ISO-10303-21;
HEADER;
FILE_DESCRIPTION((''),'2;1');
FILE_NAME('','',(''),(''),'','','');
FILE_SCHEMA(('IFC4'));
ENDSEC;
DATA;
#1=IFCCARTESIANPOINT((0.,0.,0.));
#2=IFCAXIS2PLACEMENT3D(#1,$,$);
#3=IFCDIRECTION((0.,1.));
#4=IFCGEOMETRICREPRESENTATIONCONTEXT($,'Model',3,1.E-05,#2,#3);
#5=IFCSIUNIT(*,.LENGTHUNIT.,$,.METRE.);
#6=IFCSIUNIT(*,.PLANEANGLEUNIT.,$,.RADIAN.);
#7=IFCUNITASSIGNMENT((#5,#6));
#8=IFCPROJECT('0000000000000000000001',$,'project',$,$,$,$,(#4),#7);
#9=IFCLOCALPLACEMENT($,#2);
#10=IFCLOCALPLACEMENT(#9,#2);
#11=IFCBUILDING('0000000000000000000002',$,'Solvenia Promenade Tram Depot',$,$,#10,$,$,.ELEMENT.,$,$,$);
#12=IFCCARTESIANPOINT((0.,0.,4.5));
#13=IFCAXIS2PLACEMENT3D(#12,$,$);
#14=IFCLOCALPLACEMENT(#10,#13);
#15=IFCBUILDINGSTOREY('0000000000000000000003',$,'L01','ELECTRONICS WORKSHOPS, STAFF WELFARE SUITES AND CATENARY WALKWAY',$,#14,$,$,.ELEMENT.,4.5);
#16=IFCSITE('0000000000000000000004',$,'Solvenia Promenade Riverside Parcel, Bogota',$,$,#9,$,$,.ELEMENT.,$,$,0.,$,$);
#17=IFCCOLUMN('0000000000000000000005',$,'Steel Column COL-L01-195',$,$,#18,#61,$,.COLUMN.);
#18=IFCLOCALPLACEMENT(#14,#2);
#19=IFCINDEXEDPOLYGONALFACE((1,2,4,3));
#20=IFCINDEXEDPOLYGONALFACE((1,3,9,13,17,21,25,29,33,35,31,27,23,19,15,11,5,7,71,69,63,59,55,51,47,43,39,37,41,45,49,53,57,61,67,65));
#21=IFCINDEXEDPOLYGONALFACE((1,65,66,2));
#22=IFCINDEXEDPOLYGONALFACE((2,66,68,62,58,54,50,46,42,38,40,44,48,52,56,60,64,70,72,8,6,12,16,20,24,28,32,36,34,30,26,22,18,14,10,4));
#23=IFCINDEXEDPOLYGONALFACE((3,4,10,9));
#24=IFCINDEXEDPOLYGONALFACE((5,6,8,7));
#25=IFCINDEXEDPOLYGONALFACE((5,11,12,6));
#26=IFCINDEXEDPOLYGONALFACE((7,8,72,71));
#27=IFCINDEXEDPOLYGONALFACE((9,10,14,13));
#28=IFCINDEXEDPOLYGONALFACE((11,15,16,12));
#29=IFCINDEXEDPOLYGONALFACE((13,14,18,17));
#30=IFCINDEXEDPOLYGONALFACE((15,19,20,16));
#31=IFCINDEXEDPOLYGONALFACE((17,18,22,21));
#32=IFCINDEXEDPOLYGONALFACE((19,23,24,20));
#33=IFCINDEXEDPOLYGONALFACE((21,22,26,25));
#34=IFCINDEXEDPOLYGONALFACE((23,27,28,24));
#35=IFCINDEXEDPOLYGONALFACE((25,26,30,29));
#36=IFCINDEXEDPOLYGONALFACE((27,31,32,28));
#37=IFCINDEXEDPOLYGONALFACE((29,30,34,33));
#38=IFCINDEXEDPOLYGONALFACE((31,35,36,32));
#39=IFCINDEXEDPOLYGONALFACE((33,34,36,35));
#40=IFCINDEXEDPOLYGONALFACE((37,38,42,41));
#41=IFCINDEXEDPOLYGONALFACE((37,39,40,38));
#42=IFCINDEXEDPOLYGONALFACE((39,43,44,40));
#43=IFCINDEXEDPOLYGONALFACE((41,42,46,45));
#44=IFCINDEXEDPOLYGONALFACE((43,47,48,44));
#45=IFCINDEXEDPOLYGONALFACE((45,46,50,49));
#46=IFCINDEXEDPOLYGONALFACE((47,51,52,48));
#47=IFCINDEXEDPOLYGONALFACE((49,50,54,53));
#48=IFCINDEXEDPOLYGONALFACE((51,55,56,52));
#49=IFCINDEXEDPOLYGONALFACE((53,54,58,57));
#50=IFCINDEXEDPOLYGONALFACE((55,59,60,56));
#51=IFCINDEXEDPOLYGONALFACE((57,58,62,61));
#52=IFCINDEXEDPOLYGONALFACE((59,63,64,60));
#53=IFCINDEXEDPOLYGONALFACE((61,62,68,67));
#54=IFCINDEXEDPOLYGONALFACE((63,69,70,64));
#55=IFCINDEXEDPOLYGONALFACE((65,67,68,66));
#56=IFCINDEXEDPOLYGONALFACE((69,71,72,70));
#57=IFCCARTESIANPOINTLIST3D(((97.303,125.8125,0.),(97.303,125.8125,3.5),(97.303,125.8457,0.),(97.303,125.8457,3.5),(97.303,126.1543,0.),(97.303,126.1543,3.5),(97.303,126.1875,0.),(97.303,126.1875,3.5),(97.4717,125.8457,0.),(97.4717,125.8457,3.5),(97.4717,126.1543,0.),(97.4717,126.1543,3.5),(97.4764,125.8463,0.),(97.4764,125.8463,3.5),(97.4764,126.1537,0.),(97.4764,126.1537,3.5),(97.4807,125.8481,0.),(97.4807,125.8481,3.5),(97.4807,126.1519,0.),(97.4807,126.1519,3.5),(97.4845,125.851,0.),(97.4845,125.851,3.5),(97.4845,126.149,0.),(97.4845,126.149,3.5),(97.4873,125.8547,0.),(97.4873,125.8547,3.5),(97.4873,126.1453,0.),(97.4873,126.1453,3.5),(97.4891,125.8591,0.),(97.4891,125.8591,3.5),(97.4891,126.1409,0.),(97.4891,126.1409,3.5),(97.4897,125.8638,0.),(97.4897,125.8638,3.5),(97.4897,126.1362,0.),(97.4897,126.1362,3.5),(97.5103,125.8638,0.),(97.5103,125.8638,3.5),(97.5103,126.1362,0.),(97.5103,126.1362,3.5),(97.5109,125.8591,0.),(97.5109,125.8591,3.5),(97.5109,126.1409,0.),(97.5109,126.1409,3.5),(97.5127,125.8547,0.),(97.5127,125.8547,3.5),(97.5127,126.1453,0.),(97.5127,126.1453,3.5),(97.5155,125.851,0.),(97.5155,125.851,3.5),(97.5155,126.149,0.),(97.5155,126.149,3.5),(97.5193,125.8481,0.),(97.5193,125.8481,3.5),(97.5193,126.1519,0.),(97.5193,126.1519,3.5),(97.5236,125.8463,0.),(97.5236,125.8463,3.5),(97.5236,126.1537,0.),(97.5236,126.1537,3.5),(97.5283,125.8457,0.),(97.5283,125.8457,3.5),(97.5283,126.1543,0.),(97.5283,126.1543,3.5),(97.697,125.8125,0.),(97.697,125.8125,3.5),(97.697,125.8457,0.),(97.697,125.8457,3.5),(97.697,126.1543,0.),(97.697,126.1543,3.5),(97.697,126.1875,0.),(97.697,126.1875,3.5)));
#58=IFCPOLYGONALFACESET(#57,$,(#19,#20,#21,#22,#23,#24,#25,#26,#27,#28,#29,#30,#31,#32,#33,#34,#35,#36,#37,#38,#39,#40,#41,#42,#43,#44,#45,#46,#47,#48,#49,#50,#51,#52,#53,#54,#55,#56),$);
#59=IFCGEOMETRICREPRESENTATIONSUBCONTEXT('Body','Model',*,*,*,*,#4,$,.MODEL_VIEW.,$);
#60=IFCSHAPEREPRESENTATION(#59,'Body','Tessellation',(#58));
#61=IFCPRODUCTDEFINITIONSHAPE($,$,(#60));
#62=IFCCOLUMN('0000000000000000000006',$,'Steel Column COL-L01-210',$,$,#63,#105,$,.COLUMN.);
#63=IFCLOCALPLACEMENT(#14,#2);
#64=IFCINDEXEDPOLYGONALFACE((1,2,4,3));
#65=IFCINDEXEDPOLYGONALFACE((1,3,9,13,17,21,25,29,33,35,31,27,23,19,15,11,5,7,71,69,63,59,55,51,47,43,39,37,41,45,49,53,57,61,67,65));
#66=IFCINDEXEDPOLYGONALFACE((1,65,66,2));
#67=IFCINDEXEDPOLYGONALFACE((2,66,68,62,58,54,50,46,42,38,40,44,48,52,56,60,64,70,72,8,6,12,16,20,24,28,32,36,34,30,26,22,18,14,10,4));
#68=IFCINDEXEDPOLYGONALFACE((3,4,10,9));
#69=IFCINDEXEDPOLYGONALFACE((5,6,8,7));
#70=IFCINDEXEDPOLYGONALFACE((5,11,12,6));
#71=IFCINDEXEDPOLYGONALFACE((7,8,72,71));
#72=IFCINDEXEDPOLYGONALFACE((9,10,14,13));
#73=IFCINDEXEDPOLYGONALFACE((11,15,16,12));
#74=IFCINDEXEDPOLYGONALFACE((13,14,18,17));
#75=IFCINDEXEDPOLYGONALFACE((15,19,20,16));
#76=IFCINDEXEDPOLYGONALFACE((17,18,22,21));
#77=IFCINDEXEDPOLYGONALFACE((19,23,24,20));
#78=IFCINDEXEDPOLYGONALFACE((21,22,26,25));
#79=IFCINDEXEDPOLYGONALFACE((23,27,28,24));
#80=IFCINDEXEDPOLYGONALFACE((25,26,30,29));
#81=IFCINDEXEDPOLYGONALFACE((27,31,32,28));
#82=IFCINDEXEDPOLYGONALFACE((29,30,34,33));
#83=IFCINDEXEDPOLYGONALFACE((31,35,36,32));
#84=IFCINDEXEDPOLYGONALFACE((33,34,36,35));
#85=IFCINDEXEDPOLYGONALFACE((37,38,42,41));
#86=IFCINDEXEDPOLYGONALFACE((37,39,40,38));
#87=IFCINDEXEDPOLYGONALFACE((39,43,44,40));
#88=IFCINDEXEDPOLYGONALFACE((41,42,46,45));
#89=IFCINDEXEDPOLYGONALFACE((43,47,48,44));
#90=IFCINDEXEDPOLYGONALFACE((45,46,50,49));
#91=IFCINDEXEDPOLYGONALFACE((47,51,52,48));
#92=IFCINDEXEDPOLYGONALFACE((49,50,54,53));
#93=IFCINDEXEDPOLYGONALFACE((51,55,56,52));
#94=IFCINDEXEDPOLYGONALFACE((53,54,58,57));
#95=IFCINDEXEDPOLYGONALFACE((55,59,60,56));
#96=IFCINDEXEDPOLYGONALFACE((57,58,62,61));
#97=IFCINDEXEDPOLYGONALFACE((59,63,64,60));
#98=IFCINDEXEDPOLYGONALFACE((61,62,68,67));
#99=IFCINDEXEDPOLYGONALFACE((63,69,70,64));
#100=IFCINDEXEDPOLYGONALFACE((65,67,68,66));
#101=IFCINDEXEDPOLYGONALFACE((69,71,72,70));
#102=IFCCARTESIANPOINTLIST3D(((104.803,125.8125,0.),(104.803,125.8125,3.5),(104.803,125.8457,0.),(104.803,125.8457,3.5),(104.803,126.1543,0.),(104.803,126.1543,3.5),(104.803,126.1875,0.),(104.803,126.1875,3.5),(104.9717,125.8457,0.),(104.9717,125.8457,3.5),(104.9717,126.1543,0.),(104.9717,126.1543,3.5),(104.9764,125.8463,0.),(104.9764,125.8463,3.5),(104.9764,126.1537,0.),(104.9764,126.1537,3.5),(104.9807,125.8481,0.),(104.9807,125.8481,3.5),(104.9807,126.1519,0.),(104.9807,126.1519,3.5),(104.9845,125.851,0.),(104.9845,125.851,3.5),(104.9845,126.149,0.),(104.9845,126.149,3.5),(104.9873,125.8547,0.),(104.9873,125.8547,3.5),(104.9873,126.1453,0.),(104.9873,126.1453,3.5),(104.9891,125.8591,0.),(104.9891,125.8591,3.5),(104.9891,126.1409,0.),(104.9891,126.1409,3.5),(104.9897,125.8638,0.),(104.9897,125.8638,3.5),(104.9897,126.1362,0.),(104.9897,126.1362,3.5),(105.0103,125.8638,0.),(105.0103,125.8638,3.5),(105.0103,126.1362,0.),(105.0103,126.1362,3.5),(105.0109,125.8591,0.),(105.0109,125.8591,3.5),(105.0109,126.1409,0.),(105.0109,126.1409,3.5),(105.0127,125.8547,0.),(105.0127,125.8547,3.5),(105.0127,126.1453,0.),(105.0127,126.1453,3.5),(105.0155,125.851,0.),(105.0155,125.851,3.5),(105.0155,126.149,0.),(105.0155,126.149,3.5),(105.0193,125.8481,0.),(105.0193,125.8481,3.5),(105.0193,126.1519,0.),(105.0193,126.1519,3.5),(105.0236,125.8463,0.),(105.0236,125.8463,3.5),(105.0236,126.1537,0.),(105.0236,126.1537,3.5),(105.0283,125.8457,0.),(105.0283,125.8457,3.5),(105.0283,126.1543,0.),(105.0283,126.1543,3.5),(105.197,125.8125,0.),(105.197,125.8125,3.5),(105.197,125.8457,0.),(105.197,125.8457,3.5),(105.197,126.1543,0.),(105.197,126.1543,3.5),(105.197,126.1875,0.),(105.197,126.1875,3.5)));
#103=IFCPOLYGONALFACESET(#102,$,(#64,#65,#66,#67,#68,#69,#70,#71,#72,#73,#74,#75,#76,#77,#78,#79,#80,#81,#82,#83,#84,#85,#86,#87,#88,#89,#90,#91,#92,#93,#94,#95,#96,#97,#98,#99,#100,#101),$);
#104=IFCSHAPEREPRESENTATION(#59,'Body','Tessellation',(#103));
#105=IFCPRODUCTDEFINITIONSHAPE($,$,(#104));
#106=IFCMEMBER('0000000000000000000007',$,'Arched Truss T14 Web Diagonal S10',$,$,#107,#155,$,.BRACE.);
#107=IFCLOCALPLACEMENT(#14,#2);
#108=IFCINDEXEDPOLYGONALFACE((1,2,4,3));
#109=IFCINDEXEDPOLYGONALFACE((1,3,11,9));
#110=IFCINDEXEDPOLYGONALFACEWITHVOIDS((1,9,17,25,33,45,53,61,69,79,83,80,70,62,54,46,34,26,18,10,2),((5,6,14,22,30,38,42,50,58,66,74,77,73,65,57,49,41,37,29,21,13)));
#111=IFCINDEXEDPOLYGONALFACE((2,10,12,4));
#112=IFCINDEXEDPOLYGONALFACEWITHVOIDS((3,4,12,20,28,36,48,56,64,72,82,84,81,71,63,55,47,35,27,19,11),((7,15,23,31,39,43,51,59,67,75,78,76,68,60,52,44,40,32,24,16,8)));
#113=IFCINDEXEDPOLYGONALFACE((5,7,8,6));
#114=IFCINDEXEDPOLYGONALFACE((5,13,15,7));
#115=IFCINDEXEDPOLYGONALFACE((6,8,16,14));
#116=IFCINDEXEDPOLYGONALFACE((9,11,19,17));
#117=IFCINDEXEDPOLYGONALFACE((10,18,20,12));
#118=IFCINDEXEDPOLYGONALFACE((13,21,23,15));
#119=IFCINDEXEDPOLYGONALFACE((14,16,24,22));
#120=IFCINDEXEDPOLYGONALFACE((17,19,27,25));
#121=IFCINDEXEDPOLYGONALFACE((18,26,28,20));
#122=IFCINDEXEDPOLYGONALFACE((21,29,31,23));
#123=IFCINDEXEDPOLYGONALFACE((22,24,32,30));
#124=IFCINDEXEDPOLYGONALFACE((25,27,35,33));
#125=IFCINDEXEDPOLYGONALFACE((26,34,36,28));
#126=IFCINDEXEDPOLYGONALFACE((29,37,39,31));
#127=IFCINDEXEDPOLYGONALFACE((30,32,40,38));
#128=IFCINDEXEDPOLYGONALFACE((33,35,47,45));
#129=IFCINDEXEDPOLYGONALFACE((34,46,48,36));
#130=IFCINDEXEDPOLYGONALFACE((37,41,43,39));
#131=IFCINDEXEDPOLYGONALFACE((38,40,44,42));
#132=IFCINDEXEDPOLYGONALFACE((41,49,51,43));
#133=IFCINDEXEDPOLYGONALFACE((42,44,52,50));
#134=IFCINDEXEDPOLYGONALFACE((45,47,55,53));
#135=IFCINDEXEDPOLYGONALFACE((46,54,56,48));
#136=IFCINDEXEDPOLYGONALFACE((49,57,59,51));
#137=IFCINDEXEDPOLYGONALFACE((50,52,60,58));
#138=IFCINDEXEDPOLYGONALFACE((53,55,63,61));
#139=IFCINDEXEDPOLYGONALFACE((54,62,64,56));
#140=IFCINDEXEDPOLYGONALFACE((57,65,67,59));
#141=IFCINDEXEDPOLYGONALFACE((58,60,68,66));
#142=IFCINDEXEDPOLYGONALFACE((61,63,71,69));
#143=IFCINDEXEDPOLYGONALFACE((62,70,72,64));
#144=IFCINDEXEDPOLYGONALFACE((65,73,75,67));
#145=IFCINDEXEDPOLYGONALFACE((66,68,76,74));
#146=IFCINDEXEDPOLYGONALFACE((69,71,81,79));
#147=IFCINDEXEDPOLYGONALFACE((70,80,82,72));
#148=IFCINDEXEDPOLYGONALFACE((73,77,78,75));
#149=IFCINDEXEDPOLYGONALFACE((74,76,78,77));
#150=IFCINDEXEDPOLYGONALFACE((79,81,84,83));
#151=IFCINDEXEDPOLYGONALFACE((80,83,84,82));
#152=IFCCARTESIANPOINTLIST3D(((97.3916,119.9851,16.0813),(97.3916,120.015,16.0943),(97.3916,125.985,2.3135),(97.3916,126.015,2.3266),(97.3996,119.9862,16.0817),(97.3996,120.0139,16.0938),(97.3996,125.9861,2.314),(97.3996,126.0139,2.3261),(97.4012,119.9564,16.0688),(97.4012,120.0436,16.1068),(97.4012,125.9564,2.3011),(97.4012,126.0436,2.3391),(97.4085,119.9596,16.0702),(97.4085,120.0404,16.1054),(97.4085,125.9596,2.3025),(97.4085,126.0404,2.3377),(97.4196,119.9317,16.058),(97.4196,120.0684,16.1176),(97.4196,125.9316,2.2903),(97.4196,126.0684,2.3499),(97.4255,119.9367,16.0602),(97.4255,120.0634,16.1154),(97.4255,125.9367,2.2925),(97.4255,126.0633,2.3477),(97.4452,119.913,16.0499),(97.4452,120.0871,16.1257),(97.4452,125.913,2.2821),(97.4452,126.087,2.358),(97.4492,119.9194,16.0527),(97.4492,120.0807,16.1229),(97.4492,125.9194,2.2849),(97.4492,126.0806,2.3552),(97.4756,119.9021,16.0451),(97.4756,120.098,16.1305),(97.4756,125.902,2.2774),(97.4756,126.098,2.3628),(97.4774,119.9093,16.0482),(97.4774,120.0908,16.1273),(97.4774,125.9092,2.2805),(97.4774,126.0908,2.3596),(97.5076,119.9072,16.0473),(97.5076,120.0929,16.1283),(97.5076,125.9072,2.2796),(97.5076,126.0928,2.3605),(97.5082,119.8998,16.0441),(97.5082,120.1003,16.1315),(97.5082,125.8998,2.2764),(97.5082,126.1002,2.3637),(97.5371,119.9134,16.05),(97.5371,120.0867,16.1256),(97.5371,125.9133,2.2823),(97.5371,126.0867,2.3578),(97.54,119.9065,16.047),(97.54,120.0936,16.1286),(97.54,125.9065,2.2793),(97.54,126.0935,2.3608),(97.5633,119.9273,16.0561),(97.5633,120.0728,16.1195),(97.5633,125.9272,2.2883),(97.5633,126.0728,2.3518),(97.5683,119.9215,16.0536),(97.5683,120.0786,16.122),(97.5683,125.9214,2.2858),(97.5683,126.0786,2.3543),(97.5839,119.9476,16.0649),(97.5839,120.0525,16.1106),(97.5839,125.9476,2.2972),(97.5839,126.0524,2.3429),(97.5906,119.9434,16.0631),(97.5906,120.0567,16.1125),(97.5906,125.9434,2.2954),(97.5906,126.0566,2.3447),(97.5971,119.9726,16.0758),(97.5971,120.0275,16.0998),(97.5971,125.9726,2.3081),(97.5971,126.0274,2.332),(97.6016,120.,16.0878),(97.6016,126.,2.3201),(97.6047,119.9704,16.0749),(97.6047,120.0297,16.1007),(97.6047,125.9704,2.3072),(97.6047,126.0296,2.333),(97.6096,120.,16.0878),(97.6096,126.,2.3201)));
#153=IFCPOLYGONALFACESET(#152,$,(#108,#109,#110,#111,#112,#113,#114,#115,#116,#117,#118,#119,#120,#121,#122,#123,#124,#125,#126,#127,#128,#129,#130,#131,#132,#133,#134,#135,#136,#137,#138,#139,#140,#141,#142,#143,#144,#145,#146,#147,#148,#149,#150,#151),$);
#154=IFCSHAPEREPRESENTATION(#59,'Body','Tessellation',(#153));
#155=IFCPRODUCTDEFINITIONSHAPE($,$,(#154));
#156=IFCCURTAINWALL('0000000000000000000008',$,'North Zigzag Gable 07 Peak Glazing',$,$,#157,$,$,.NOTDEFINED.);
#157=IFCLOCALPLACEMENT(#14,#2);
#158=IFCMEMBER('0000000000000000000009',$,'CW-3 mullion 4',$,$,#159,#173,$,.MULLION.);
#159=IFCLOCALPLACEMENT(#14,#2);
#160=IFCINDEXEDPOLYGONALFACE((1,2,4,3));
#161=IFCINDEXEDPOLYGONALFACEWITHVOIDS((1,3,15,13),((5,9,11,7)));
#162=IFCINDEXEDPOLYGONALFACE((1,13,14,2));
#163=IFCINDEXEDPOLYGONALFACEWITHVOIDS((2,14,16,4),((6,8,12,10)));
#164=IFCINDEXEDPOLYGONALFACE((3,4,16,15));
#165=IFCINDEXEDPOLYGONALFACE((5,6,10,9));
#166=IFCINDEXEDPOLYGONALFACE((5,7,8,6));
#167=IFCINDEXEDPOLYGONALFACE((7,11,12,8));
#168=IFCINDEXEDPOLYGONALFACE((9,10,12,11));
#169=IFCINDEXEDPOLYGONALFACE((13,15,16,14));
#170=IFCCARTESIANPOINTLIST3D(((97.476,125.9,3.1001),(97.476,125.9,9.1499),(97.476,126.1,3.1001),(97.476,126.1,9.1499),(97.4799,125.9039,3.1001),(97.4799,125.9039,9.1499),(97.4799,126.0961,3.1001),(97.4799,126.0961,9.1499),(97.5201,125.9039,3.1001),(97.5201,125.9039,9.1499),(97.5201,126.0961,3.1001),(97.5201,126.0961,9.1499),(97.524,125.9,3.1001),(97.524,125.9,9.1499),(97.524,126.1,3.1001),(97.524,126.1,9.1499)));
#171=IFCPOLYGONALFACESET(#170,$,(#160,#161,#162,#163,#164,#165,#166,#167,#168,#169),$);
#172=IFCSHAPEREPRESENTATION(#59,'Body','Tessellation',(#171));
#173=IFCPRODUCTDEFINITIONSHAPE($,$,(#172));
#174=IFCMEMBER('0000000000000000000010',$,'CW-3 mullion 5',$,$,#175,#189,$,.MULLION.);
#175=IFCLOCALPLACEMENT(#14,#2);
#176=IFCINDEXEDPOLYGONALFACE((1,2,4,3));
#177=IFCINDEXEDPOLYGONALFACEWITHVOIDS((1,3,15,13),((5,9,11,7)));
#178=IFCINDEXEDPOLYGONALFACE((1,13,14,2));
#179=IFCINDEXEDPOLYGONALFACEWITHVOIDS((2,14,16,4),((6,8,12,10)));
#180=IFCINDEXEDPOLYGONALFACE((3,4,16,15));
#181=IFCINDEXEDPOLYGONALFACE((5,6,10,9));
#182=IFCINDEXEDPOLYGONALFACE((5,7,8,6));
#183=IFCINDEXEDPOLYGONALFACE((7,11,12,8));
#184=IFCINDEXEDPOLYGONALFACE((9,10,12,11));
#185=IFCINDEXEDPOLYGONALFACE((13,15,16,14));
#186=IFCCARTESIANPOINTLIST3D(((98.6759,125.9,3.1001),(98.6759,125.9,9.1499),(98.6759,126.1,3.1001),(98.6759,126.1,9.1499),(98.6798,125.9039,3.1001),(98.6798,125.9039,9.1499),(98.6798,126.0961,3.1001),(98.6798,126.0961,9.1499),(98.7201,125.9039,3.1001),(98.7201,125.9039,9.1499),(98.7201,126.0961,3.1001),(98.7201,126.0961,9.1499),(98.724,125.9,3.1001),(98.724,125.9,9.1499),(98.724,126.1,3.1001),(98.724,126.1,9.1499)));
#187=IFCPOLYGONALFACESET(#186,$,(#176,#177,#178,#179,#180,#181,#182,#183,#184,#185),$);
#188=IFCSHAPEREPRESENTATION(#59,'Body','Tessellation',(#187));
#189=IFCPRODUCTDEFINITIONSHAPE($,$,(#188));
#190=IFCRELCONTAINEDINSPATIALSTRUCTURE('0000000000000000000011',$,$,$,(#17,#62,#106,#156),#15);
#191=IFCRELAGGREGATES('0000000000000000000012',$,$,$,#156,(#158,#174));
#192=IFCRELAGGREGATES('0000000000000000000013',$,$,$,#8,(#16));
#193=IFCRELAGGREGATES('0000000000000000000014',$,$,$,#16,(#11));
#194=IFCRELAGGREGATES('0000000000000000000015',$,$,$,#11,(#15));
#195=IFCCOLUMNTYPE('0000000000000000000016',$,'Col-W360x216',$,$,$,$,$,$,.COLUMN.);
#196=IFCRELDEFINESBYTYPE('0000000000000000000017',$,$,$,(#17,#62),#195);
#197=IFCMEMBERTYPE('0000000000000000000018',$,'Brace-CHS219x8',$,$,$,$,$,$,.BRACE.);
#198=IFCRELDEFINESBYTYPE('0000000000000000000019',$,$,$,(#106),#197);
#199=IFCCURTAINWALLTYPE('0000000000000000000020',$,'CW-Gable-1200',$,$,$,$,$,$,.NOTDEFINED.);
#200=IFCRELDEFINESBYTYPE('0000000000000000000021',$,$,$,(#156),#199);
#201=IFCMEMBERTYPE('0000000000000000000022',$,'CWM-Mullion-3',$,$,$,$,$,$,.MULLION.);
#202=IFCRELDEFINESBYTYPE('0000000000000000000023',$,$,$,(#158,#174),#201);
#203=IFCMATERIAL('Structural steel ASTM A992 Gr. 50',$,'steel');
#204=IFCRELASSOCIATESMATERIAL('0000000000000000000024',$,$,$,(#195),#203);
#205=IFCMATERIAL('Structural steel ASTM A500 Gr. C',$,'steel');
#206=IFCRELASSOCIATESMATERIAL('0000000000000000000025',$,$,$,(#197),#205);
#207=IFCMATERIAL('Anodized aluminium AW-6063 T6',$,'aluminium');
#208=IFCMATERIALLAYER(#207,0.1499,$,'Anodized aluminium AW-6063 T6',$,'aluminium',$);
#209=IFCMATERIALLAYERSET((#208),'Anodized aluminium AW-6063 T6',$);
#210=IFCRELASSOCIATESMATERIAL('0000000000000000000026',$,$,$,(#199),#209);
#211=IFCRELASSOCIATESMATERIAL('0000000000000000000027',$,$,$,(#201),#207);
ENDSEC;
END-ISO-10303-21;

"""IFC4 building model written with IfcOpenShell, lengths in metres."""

from ifc_helpers import new_model, si_unit, direction, frame, origin, origin_2d, place, context, subcontext, project, spatial, hollow_rectangle, hollow_circle, i_section, extrude, material, layer, layer_set, material_profile, profile_set, type_object, element, aggregate, save


model = new_model("IFC4")

# Units and contexts
model_context = context("Model", 3, precision=1e-05, world=origin(), true_north=direction((0.0, 1.0)))
body_context = subcontext(model_context, "Body", "Model", "MODEL_VIEW")
ifc_project = project(units=[si_unit("LENGTHUNIT", "METRE"), si_unit("PLANEANGLEUNIT", "RADIAN")], contexts=[model_context])

# Site, building, storey
site_placement = place(None, origin())
site = spatial("IfcSite", under=ifc_project, at=site_placement, Name="Solvenia Promenade Riverside Parcel, Bogota", CompositionType="ELEMENT", RefElevation=0.0)
building_placement = place(site_placement, origin())
building = spatial("IfcBuilding", under=site, at=building_placement, Name="Solvenia Promenade Tram Depot", CompositionType="ELEMENT")
storey_placement = place(building_placement, frame((0.0, 0.0, 4.5)))
storey = spatial("IfcBuildingStorey", under=building, at=storey_placement, Name="L01", Description="ELECTRONICS WORKSHOPS, STAFF WELFARE SUITES AND CATENARY WALKWAY", CompositionType="ELEMENT", Elevation=4.5)

# Columns
ifc_material_1 = material(Name="Structural steel ASTM A992 Gr. 50", Category="steel")
ifc_material_profile_1 = material_profile(ifc_material_1, i_section(OverallWidth=0.394, OverallDepth=0.375, WebThickness=0.0205, FlangeThickness=0.0332, FilletRadius=0.0181, at=origin_2d()), Name="W360x216", Category="steel")
ifc_profile_set_1 = profile_set([ifc_material_profile_1], Name="Structural steel ASTM A992 Gr. 50")
column_type = type_object("IfcColumnType", Name="Col-W360x216", PredefinedType="COLUMN", material=ifc_profile_set_1)
for number, where, z_axis, x_axis, name in (
    (1, (97.5, 126.0, 0.0), (0.0, 0.0, 1.0), (1.0, 0.0, 0.0), "Steel Column COL-L01-195"),
    (2, (105.0, 126.0, 0.0), (0.0, 0.0, 1.0), (1.0, 0.0, 0.0), "Steel Column COL-L01-210"),
):
    element("IfcColumn", number, at=place(storey_placement, frame(where, z_axis=z_axis, x_axis=x_axis)), inside=storey, type_object=column_type, Name=name, PredefinedType="COLUMN", context=body_context, shape_type="SweptSolid", body=[
        extrude(i_section(OverallWidth=0.394, OverallDepth=0.375, WebThickness=0.0205, FlangeThickness=0.0332, FilletRadius=0.0181, at=origin_2d()), origin(), (0.0, 0.0, 1.0), 3.5),
    ])

# Member
ifc_material_2 = material(Name="Structural steel ASTM A500 Gr. C", Category="steel")
ifc_material_profile_2 = material_profile(ifc_material_2, hollow_circle(Radius=0.1096, WallThickness=0.0081, at=origin_2d()), Name="CHS219.1x8", Category="steel")
ifc_profile_set_2 = profile_set([ifc_material_profile_2], Name="Structural steel ASTM A500 Gr. C")
member_type_1 = type_object("IfcMemberType", Name="Brace-CHS219x8", PredefinedType="BRACE", material=ifc_profile_set_2)
member_1_placement = place(storey_placement, frame((97.5, 126.0, 2.3201), z_axis=(0.0, -0.399509, 0.916729), x_axis=(1.0, 0.0, 0.0)))
element("IfcMember", 3, at=member_1_placement, inside=storey, type_object=member_type_1, Name="Arched Truss T14 Web Diagonal S10", PredefinedType="BRACE", context=body_context, shape_type="SweptSolid", body=[
    extrude(hollow_circle(Radius=0.1096, WallThickness=0.0081, at=origin_2d()), origin(), (0.0, 0.0, 1.0), 15.0183),
])

# Curtain wall, members
ifc_material_3 = material(Name="Anodized aluminium AW-6063 T6", Category="aluminium")
ifc_layer_1 = layer(ifc_material_3, 0.1499, Name="Anodized aluminium AW-6063 T6", Category="aluminium")
ifc_layer_set_1 = layer_set([ifc_layer_1], Name="Anodized aluminium AW-6063 T6")
curtain_wall_type = type_object("IfcCurtainWallType", Name="CW-Gable-1200", PredefinedType="NOTDEFINED", material=ifc_layer_set_1)
curtain_wall_1_placement = place(storey_placement, origin())
curtain_wall_1 = element("IfcCurtainWall", 4, at=curtain_wall_1_placement, inside=storey, type_object=curtain_wall_type, Name="North Zigzag Gable 07 Peak Glazing", PredefinedType="NOTDEFINED")
ifc_material_profile_3 = material_profile(ifc_material_3, hollow_rectangle(XDim=0.2, YDim=0.0481, WallThickness=0.0039, at=origin_2d()), Name="ALU-M3", Category="aluminium")
ifc_profile_set_3 = profile_set([ifc_material_profile_3], Name="Anodized aluminium AW-6063 T6")
member_type_2 = type_object("IfcMemberType", Name="CWM-Mullion-3", PredefinedType="MULLION", material=ifc_profile_set_3)
member_2_placement = place(storey_placement, frame((97.5, 126.0, 3.1001), z_axis=(0.0, 0.0, 1.0), x_axis=(0.0, 1.0, 0.0)))
member_2 = element("IfcMember", 5, at=member_2_placement, type_object=member_type_2, Name="CW-3 mullion 4", PredefinedType="MULLION", context=body_context, shape_type="SweptSolid", body=[
    extrude(hollow_rectangle(XDim=0.2, YDim=0.0481, WallThickness=0.0039, at=origin_2d()), origin(), (0.0, 0.0, 1.0), 6.0498),
])
member_3_placement = place(storey_placement, frame((98.7, 126.0, 3.1001), z_axis=(0.0, 0.0, 1.0), x_axis=(0.0, 1.0, 0.0)))
member_3 = element("IfcMember", 6, at=member_3_placement, type_object=member_type_2, Name="CW-3 mullion 5", PredefinedType="MULLION", context=body_context, shape_type="SweptSolid", body=[
    extrude(hollow_rectangle(XDim=0.2, YDim=0.0481, WallThickness=0.0039, at=origin_2d()), origin(), (0.0, 0.0, 1.0), 6.0498),
])
aggregate(curtain_wall_1, [member_2, member_3])

save(model, "model.ifc")
